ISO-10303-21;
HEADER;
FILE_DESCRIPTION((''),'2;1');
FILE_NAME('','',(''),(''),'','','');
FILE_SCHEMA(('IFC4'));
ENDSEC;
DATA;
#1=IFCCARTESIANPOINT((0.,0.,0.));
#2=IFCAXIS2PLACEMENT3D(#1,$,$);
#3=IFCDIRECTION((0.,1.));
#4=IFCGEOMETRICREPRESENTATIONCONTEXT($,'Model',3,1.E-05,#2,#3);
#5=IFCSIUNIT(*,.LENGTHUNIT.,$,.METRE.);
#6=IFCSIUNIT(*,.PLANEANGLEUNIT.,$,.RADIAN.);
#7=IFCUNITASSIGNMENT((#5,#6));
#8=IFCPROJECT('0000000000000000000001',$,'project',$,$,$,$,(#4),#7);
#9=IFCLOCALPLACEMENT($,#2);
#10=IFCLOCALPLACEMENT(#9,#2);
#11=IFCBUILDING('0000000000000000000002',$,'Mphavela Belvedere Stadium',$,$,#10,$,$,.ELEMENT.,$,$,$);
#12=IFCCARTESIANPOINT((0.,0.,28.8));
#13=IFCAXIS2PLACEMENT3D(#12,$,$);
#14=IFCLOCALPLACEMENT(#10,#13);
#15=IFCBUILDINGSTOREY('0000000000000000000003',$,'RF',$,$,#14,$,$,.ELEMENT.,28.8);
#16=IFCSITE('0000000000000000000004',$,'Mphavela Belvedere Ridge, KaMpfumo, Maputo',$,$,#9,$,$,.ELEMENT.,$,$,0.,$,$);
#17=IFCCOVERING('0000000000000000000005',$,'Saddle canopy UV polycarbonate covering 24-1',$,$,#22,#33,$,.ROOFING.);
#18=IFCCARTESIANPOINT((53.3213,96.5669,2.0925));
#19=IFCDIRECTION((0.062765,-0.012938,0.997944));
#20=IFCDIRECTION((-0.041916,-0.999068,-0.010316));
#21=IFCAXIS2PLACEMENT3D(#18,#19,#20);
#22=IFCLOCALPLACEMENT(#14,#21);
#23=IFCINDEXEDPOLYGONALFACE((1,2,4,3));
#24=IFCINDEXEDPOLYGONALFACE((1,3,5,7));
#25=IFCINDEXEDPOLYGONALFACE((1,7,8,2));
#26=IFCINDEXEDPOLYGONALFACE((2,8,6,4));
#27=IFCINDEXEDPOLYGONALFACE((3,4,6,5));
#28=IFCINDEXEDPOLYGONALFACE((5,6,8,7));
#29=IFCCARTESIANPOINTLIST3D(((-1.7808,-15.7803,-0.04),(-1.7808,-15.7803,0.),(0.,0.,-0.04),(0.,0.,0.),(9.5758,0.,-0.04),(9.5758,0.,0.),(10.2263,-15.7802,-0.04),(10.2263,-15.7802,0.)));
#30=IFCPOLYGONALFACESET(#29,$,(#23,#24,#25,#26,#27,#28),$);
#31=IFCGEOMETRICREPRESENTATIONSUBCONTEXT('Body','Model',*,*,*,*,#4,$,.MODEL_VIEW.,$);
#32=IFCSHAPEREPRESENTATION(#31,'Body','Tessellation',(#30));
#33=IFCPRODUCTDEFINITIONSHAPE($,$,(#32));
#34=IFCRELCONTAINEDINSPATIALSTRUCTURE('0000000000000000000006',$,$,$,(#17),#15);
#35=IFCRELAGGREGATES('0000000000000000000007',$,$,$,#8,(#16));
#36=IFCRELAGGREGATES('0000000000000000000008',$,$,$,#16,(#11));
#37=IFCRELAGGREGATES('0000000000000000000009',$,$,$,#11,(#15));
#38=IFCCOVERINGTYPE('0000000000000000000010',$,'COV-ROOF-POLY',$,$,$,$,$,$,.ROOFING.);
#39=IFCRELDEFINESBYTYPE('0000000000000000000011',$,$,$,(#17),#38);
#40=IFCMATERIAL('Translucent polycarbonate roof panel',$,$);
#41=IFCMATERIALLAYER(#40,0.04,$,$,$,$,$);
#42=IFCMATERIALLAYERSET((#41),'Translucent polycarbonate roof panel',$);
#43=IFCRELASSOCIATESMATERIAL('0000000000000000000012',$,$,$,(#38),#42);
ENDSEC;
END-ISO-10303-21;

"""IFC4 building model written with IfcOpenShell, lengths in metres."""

from ifc_helpers import new_model, si_unit, direction, frame, origin, place, context, subcontext, project, spatial, polyline, outline, extrude, material, layer, layer_set, type_object, element, save


model = new_model("IFC4")

# Units and contexts
model_context = context("Model", 3, precision=1e-05, world=origin(), true_north=direction((0.0, 1.0)))
body_context = subcontext(model_context, "Body", "Model", "MODEL_VIEW")
ifc_project = project(units=[si_unit("LENGTHUNIT", "METRE"), si_unit("PLANEANGLEUNIT", "RADIAN")], contexts=[model_context])

# Site, building, storey
site_placement = place(None, origin())
site = spatial("IfcSite", under=ifc_project, at=site_placement, Name="Mphavela Belvedere Ridge, KaMpfumo, Maputo", CompositionType="ELEMENT", RefElevation=0.0)
building_placement = place(site_placement, origin())
building = spatial("IfcBuilding", under=site, at=building_placement, Name="Mphavela Belvedere Stadium", CompositionType="ELEMENT")
storey_placement = place(building_placement, frame((0.0, 0.0, 28.8)))
storey = spatial("IfcBuildingStorey", under=building, at=storey_placement, Name="RF", CompositionType="ELEMENT", Elevation=28.8)

# Covering
ifc_material_1 = material(Name="Translucent polycarbonate roof panel")
ifc_layer_1 = layer(ifc_material_1, 0.04)
ifc_layer_set_1 = layer_set([ifc_layer_1], Name="Translucent polycarbonate roof panel")
covering_type = type_object("IfcCoveringType", Name="COV-ROOF-POLY", PredefinedType="ROOFING", material=ifc_layer_set_1)
covering_1_placement = place(storey_placement, frame((53.3213, 96.5669, 2.0925), z_axis=(0.062765, -0.012938, 0.997944), x_axis=(-0.041916, -0.999068, -0.010316)))
element("IfcCovering", 1, at=covering_1_placement, inside=storey, type_object=covering_type, Name="Saddle canopy UV polycarbonate covering 24-1", PredefinedType="ROOFING", context=body_context, shape_type="SweptSolid", body=[
    extrude(outline(polyline([(0.0, 0.0), (9.5758, 0.0), (10.2263, -15.7802), (-1.7808, -15.7803), (0.0, 0.0)])), origin(), (0.0, 0.0, -1.0), 0.04),
])

save(model, "model.ifc")
